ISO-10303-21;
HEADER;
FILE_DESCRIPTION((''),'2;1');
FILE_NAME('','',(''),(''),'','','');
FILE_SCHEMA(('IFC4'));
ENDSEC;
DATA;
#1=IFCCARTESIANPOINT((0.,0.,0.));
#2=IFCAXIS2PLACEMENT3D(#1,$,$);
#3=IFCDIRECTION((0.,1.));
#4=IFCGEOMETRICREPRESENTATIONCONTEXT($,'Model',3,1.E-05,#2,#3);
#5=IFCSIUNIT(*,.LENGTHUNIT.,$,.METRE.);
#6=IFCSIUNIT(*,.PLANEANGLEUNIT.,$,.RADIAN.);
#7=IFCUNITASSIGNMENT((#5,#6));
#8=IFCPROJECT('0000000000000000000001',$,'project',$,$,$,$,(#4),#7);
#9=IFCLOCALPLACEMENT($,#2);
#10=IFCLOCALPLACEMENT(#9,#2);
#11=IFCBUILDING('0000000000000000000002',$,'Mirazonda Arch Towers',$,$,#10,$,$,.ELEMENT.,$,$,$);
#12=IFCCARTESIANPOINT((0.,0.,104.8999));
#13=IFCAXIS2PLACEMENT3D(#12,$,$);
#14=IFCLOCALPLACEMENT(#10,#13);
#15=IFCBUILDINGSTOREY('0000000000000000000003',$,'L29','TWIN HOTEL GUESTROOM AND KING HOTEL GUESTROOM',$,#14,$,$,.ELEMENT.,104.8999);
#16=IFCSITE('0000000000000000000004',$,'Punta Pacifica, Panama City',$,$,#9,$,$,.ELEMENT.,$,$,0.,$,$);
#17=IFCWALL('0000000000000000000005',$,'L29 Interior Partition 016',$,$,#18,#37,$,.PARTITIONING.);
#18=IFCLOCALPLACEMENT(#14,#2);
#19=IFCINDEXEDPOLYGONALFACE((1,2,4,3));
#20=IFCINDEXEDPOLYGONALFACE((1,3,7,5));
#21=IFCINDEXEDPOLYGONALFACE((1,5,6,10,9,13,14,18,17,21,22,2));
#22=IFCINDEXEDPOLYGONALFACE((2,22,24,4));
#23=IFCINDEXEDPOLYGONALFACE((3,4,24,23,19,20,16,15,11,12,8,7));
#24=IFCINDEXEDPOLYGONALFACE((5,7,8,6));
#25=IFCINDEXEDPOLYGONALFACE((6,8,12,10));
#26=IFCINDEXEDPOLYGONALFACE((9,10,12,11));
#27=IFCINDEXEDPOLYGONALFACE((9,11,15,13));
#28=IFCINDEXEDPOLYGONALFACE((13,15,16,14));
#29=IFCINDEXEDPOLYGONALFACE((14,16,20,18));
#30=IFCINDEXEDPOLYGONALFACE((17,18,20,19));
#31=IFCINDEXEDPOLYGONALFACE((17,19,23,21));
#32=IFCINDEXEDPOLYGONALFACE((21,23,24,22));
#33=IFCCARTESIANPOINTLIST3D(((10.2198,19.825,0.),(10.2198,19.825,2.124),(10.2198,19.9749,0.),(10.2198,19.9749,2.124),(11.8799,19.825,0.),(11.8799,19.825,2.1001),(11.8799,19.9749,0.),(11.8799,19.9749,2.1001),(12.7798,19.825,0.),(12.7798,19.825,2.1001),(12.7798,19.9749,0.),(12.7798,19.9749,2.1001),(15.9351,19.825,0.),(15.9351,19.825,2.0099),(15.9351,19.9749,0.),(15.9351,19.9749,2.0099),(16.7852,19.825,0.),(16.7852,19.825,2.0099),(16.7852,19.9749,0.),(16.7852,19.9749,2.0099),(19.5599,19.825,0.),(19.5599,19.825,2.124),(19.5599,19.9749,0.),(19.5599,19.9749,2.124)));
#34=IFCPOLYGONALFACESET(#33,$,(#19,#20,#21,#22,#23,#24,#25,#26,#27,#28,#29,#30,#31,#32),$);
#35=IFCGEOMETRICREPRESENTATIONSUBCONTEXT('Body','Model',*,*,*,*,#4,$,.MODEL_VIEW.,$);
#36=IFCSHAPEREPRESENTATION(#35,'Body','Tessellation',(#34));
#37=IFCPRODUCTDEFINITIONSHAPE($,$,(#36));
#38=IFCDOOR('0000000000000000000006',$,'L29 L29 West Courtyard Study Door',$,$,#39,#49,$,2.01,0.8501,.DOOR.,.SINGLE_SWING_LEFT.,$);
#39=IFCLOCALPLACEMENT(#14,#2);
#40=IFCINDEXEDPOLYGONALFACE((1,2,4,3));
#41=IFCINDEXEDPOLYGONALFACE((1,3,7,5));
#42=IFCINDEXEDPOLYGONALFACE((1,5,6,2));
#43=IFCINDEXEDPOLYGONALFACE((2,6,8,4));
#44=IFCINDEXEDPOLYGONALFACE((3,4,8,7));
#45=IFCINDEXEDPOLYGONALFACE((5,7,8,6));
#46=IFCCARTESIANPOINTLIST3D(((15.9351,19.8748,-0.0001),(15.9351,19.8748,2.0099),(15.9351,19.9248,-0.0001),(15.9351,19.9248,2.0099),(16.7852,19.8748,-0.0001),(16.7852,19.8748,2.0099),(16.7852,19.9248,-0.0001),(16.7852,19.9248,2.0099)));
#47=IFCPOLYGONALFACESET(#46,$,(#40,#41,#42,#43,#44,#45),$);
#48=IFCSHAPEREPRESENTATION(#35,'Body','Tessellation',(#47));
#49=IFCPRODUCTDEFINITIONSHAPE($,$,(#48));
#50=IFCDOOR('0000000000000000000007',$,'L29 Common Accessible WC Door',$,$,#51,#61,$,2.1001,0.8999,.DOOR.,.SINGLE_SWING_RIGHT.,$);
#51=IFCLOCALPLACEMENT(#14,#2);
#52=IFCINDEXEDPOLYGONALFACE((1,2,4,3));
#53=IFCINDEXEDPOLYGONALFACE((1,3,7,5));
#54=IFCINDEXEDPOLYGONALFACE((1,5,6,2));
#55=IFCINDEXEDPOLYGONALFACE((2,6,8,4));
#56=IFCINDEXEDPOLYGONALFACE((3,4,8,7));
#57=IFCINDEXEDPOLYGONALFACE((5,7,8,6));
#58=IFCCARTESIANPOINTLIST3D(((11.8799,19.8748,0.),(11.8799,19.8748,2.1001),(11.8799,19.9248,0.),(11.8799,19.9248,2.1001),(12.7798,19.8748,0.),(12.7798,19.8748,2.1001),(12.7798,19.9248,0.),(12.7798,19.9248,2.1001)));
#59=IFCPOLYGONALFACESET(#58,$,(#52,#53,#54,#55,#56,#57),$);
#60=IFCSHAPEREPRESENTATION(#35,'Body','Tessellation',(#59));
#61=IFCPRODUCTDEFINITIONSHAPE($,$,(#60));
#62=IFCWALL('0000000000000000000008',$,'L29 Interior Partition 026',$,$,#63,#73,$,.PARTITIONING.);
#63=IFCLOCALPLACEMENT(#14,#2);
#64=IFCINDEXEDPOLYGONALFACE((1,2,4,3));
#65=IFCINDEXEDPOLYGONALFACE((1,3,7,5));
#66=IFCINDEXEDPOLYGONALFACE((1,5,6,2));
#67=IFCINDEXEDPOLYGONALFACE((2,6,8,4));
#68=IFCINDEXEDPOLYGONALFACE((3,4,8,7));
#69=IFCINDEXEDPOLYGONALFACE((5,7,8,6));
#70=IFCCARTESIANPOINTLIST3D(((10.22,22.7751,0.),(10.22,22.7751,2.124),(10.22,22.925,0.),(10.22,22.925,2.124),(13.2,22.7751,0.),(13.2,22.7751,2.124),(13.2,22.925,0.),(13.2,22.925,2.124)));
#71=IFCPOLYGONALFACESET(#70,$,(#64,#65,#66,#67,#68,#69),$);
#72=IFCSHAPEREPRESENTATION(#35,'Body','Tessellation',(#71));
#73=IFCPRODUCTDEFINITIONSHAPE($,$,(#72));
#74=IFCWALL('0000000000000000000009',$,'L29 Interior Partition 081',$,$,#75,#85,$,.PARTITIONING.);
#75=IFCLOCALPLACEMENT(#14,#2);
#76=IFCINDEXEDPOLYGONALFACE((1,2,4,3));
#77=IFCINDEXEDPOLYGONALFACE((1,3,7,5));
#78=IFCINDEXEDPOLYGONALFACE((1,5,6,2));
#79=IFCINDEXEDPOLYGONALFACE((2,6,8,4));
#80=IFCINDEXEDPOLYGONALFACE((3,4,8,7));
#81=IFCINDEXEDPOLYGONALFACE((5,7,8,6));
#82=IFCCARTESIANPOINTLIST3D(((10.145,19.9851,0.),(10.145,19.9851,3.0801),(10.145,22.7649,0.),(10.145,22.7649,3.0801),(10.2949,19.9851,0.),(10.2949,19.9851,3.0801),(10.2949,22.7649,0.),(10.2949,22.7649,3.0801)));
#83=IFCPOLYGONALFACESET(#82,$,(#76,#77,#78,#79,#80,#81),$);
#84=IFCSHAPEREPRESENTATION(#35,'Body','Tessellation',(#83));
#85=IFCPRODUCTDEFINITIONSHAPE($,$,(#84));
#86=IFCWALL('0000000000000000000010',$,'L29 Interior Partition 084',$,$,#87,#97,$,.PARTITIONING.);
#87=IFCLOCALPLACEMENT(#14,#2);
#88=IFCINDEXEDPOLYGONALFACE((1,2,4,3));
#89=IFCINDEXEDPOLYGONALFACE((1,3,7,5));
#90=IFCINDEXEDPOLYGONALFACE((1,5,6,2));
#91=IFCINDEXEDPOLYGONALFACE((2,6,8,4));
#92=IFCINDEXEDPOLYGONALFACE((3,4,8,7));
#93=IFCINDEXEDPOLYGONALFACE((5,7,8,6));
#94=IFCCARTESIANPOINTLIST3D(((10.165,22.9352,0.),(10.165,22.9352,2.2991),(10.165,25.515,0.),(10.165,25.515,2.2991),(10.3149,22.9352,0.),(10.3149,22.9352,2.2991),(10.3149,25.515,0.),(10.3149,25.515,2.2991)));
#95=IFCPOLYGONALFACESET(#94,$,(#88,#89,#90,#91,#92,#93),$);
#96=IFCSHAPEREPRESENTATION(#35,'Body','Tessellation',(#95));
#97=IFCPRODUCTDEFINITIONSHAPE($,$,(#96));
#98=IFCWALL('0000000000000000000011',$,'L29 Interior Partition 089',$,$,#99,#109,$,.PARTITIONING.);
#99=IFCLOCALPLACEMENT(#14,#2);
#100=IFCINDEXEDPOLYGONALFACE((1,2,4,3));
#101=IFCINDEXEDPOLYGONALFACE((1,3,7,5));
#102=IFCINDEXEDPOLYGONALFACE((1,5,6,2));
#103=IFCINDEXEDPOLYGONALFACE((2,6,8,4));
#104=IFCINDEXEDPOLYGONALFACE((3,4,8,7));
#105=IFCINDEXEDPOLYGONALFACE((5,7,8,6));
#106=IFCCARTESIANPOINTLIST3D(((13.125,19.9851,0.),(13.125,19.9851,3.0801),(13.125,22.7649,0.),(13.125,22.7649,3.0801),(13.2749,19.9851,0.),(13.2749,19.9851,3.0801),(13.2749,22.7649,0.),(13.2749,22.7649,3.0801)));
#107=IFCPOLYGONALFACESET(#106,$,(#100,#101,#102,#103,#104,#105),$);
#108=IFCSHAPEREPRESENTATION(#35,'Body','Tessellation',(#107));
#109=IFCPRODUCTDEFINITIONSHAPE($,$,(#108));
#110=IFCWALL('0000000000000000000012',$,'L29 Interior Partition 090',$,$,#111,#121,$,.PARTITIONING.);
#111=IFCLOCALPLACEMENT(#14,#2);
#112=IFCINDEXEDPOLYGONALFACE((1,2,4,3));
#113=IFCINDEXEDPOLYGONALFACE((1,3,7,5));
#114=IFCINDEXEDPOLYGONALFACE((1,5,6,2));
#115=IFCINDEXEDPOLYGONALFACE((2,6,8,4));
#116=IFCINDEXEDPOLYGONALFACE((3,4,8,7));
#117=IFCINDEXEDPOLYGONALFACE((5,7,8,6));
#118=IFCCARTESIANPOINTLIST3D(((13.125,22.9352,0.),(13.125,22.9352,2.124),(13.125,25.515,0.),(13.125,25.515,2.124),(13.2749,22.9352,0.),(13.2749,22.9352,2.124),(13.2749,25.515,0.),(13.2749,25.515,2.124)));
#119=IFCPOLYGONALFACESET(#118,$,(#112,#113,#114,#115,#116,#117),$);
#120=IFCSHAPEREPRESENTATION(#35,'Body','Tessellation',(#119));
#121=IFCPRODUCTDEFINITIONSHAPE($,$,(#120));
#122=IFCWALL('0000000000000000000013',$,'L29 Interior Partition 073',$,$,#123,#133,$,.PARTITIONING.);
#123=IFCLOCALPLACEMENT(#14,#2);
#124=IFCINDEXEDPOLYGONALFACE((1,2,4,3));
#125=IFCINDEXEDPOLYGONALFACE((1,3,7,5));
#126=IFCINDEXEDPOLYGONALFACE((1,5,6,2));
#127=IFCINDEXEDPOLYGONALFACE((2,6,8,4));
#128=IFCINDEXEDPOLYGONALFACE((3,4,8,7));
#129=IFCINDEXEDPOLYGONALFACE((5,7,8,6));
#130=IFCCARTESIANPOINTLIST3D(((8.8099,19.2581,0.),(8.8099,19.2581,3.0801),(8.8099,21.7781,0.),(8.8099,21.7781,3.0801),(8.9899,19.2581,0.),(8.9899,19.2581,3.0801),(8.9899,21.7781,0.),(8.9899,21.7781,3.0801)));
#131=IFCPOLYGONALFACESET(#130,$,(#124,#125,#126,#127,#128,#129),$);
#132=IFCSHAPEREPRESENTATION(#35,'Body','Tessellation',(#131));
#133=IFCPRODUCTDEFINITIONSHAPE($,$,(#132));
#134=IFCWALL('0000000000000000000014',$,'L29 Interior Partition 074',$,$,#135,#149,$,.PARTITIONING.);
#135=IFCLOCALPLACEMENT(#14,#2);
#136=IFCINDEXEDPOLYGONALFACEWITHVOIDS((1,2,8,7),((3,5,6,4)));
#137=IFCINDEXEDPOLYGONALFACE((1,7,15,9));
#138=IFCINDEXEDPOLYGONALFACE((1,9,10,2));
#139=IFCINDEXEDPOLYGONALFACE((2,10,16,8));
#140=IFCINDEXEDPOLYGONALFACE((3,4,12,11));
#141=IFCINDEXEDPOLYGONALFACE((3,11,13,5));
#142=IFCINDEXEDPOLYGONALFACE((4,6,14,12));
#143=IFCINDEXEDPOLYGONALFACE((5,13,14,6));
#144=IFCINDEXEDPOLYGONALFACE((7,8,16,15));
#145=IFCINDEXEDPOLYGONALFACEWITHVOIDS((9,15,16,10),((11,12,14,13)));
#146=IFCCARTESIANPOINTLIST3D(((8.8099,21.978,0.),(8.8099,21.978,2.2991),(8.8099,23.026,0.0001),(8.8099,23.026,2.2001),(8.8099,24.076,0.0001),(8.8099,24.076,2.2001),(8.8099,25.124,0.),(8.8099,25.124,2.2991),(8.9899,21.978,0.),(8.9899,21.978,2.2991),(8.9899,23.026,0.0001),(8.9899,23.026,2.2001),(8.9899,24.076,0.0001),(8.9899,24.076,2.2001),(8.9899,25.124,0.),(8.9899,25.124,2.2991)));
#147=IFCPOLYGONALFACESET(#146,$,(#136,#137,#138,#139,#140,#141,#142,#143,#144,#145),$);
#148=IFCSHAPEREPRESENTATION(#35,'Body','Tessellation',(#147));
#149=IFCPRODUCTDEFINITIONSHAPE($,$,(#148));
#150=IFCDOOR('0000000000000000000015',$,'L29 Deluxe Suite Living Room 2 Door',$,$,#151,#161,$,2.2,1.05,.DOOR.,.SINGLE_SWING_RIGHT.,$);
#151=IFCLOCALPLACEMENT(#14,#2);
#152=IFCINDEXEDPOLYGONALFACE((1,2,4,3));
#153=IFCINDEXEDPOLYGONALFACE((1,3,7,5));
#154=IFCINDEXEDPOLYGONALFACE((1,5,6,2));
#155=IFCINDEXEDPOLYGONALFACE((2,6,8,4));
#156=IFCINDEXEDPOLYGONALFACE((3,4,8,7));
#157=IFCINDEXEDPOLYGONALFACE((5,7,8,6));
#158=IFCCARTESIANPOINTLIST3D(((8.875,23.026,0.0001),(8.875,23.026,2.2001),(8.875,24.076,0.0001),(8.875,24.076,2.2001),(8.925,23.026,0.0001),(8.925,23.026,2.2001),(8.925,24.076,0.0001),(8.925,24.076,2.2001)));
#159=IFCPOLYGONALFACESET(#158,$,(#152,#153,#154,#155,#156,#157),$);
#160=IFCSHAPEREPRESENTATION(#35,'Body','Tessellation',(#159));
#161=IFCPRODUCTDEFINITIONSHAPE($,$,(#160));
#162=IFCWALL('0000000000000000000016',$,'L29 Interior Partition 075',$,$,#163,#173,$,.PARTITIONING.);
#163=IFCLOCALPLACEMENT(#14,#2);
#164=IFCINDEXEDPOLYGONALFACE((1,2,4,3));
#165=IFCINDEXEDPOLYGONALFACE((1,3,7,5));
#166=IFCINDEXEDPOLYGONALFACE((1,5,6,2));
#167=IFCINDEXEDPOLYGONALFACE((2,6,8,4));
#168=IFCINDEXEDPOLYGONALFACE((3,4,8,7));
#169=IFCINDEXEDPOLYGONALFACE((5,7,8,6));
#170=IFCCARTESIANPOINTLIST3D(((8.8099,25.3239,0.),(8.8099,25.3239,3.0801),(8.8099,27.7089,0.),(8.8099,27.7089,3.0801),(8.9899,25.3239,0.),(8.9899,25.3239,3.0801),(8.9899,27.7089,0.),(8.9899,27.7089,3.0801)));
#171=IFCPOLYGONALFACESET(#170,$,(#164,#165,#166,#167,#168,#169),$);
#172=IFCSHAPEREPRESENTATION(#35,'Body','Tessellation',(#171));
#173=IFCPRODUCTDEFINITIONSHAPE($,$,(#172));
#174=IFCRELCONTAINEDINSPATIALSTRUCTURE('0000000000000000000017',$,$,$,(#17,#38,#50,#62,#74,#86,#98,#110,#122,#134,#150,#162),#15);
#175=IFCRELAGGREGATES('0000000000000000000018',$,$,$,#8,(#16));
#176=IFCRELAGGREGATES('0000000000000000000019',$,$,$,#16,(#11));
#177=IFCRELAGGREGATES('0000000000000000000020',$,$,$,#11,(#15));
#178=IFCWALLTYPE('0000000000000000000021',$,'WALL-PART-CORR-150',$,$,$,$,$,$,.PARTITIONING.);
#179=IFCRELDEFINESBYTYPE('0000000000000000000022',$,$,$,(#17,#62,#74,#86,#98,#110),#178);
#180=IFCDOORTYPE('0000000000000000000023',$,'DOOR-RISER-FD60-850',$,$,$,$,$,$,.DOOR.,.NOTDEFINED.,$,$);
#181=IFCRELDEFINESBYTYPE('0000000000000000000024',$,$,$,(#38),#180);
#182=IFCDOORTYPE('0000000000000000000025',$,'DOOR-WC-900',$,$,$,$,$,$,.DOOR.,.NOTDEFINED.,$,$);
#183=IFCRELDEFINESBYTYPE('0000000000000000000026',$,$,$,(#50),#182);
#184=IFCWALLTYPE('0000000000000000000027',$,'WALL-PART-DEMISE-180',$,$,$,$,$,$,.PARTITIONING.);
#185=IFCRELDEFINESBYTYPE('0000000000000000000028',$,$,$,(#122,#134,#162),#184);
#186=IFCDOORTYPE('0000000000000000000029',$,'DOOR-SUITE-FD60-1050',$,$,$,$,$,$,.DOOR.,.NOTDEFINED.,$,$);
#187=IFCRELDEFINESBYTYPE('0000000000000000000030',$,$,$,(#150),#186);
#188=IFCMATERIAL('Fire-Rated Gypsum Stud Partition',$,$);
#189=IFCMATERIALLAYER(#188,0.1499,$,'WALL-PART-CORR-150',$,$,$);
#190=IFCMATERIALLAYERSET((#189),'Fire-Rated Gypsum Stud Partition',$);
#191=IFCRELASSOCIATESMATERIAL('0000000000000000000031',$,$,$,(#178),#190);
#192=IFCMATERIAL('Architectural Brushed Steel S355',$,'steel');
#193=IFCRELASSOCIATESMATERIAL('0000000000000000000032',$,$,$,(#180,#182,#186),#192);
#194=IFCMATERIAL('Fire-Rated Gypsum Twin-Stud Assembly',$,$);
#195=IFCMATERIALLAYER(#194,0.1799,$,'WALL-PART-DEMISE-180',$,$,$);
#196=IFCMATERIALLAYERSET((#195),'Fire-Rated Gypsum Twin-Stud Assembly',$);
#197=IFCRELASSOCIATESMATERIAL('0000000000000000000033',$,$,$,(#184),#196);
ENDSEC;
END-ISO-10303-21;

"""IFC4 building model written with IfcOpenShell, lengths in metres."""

from ifc_helpers import new_model, si_unit, direction, frame, frame_2d, origin, place, context, subcontext, project, spatial, rectangle, extrude, material, layer, layer_set, type_object, element, fill, save


model = new_model("IFC4")

# Units and contexts
model_context = context("Model", 3, precision=1e-05, world=origin(), true_north=direction((0.0, 1.0)))
body_context = subcontext(model_context, "Body", "Model", "MODEL_VIEW")
ifc_project = project(units=[si_unit("LENGTHUNIT", "METRE"), si_unit("PLANEANGLEUNIT", "RADIAN")], contexts=[model_context])

# Site, building, storey
site_placement = place(None, origin())
site = spatial("IfcSite", under=ifc_project, at=site_placement, Name="Punta Pacifica, Panama City", CompositionType="ELEMENT", RefElevation=0.0)
building_placement = place(site_placement, origin())
building = spatial("IfcBuilding", under=site, at=building_placement, Name="Mirazonda Arch Towers", CompositionType="ELEMENT")
storey_placement = place(building_placement, frame((0.0, 0.0, 104.8999)))
storey = spatial("IfcBuildingStorey", under=building, at=storey_placement, Name="L29", Description="TWIN HOTEL GUESTROOM AND KING HOTEL GUESTROOM", CompositionType="ELEMENT", Elevation=104.8999)

# Shared definitions
ifc_material_1 = material(Name="Architectural Brushed Steel S355", Category="steel")

# Shared definitions
ifc_material_2 = material(Name="Fire-Rated Gypsum Stud Partition")
ifc_layer_1 = layer(ifc_material_2, 0.1499, Name="WALL-PART-CORR-150")
ifc_layer_set_1 = layer_set([ifc_layer_1], Name="Fire-Rated Gypsum Stud Partition")
wall_type_1 = type_object("IfcWallType", Name="WALL-PART-CORR-150", PredefinedType="PARTITIONING", material=ifc_layer_set_1)

# Wall, openings, doors
wall_1_placement = place(storey_placement, frame((10.22, 19.8999, 0.0), z_axis=(0.0, 0.0, 1.0), x_axis=(1.0, 0.0, 0.0)))
wall_1 = element("IfcWall", 1, at=wall_1_placement, inside=storey, type_object=wall_type_1, Name="L29 Interior Partition 016", PredefinedType="PARTITIONING", context=body_context, shape_type="SweptSolid", body=[
    extrude(rectangle(XDim=9.3401, YDim=0.1499, at=frame_2d((4.6699, 0.0))), origin(), (0.0, 0.0, 1.0), 2.124),
])
opening_1_placement = place(wall_1_placement, frame((1.6599, 0.0, 0.0)))
opening_1 = element("IfcOpeningElement", 2, at=opening_1_placement, cuts=wall_1, PredefinedType="OPENING", context=body_context, shape_type="SweptSolid", body=[
    extrude(rectangle(XDim=0.8999, YDim=2.1001, at=frame_2d((0.45, 1.05))), frame((0.0, 0.085, 0.0), z_axis=(0.0, -1.0, 0.0), x_axis=(1.0, 0.0, 0.0)), (0.0, 0.0, 1.0), 0.1699),
])
opening_2_placement = place(wall_1_placement, frame((5.7151, 0.0, 0.0)))
opening_2 = element("IfcOpeningElement", 3, at=opening_2_placement, cuts=wall_1, PredefinedType="OPENING", context=body_context, shape_type="SweptSolid", body=[
    extrude(rectangle(XDim=0.8501, YDim=2.01, at=frame_2d((0.425, 1.0049))), frame((0.0, 0.085, 0.0), z_axis=(0.0, -1.0, 0.0), x_axis=(1.0, 0.0, 0.0)), (0.0, 0.0, 1.0), 0.1699),
])
door_type_1 = type_object("IfcDoorType", Name="DOOR-RISER-FD60-850", OperationType="NOTDEFINED", PredefinedType="DOOR", material=ifc_material_1)
door_1_placement = place(opening_2_placement, origin())
door_1 = element("IfcDoor", 4, at=door_1_placement, inside=storey, type_object=door_type_1, Name="L29 L29 West Courtyard Study Door", OperationType="SINGLE_SWING_LEFT", OverallHeight=2.01, OverallWidth=0.8501, PredefinedType="DOOR", context=body_context, shape_type="SweptSolid", body=[
    extrude(rectangle(XDim=0.8501, YDim=2.01, at=frame_2d((0.425, 1.0049))), frame((0.0, 0.0249, 0.0), z_axis=(0.0, -1.0, 0.0), x_axis=(1.0, 0.0, 0.0)), (0.0, 0.0, 1.0), 0.05),
])
fill(opening_2, door_1)
door_type_2 = type_object("IfcDoorType", Name="DOOR-WC-900", OperationType="NOTDEFINED", PredefinedType="DOOR", material=ifc_material_1)
door_2_placement = place(opening_1_placement, origin())
door_2 = element("IfcDoor", 5, at=door_2_placement, inside=storey, type_object=door_type_2, Name="L29 Common Accessible WC Door", OperationType="SINGLE_SWING_RIGHT", OverallHeight=2.1001, OverallWidth=0.8999, PredefinedType="DOOR", context=body_context, shape_type="SweptSolid", body=[
    extrude(rectangle(XDim=0.8999, YDim=2.1001, at=frame_2d((0.45, 1.05))), frame((0.0, 0.0249, 0.0), z_axis=(0.0, -1.0, 0.0), x_axis=(1.0, 0.0, 0.0)), (0.0, 0.0, 1.0), 0.05),
])
fill(opening_1, door_2)

# Walls
wall_2_placement = place(storey_placement, frame((10.22, 22.8501, 0.0), z_axis=(0.0, 0.0, 1.0), x_axis=(1.0, 0.0, 0.0)))
element("IfcWall", 6, at=wall_2_placement, inside=storey, type_object=wall_type_1, Name="L29 Interior Partition 026", PredefinedType="PARTITIONING", context=body_context, shape_type="SweptSolid", body=[
    extrude(rectangle(XDim=2.98, YDim=0.1499, at=frame_2d((1.49, 0.0))), origin(), (0.0, 0.0, 1.0), 2.124),
])
wall_3_placement = place(storey_placement, frame((10.22, 19.9851, 0.0), z_axis=(0.0, 0.0, 1.0), x_axis=(0.0, 1.0, 0.0)))
element("IfcWall", 7, at=wall_3_placement, inside=storey, type_object=wall_type_1, Name="L29 Interior Partition 081", PredefinedType="PARTITIONING", context=body_context, shape_type="SweptSolid", body=[
    extrude(rectangle(XDim=2.7798, YDim=0.1499, at=frame_2d((1.3899, 0.0))), origin(), (0.0, 0.0, 1.0), 3.0801),
])
wall_4_placement = place(storey_placement, frame((10.24, 22.9351, 0.0), z_axis=(0.0, 0.0, 1.0), x_axis=(0.0, 1.0, 0.0)))
element("IfcWall", 8, at=wall_4_placement, inside=storey, type_object=wall_type_1, Name="L29 Interior Partition 084", PredefinedType="PARTITIONING", context=body_context, shape_type="SweptSolid", body=[
    extrude(rectangle(XDim=2.5798, YDim=0.1499, at=frame_2d((1.29, 0.0))), origin(), (0.0, 0.0, 1.0), 2.2991),
])
wall_5_placement = place(storey_placement, frame((13.2, 19.9851, 0.0), z_axis=(0.0, 0.0, 1.0), x_axis=(0.0, 1.0, 0.0)))
element("IfcWall", 9, at=wall_5_placement, inside=storey, type_object=wall_type_1, Name="L29 Interior Partition 089", PredefinedType="PARTITIONING", context=body_context, shape_type="SweptSolid", body=[
    extrude(rectangle(XDim=2.7798, YDim=0.1499, at=frame_2d((1.3899, 0.0))), origin(), (0.0, 0.0, 1.0), 3.0801),
])
wall_6_placement = place(storey_placement, frame((13.2, 22.9351, 0.0), z_axis=(0.0, 0.0, 1.0), x_axis=(0.0, 1.0, 0.0)))
element("IfcWall", 10, at=wall_6_placement, inside=storey, type_object=wall_type_1, Name="L29 Interior Partition 090", PredefinedType="PARTITIONING", context=body_context, shape_type="SweptSolid", body=[
    extrude(rectangle(XDim=2.5798, YDim=0.1499, at=frame_2d((1.29, 0.0))), origin(), (0.0, 0.0, 1.0), 2.124),
])
ifc_material_3 = material(Name="Fire-Rated Gypsum Twin-Stud Assembly")
ifc_layer_2 = layer(ifc_material_3, 0.1799, Name="WALL-PART-DEMISE-180")
ifc_layer_set_2 = layer_set([ifc_layer_2], Name="Fire-Rated Gypsum Twin-Stud Assembly")
wall_type_2 = type_object("IfcWallType", Name="WALL-PART-DEMISE-180", PredefinedType="PARTITIONING", material=ifc_layer_set_2)
wall_7_placement = place(storey_placement, frame((8.8999, 19.2581, 0.0), z_axis=(0.0, 0.0, 1.0), x_axis=(0.0, 1.0, 0.0)))
element("IfcWall", 11, at=wall_7_placement, inside=storey, type_object=wall_type_2, Name="L29 Interior Partition 073", PredefinedType="PARTITIONING", context=body_context, shape_type="SweptSolid", body=[
    extrude(rectangle(XDim=2.52, YDim=0.1799, at=frame_2d((1.26, 0.0))), origin(), (0.0, 0.0, 1.0), 3.0801),
])

# Wall, opening, door
wall_8_placement = place(storey_placement, frame((8.8999, 21.978, 0.0), z_axis=(0.0, 0.0, 1.0), x_axis=(0.0, 1.0, 0.0)))
wall_8 = element("IfcWall", 12, at=wall_8_placement, inside=storey, type_object=wall_type_2, Name="L29 Interior Partition 074", PredefinedType="PARTITIONING", context=body_context, shape_type="SweptSolid", body=[
    extrude(rectangle(XDim=3.146, YDim=0.1799, at=frame_2d((1.573, 0.0))), origin(), (0.0, 0.0, 1.0), 2.2991),
])
opening_3_placement = place(wall_8_placement, frame((1.0481, 0.0, 0.0)))
opening_3 = element("IfcOpeningElement", 13, at=opening_3_placement, cuts=wall_8, PredefinedType="OPENING", context=body_context, shape_type="SweptSolid", body=[
    extrude(rectangle(XDim=1.05, YDim=2.2, at=frame_2d((0.5249, 1.1001))), frame((0.0, 0.0999, 0.0), z_axis=(0.0, -1.0, 0.0), x_axis=(1.0, 0.0, 0.0)), (0.0, 0.0, 1.0), 0.2),
])
door_type_3 = type_object("IfcDoorType", Name="DOOR-SUITE-FD60-1050", OperationType="NOTDEFINED", PredefinedType="DOOR", material=ifc_material_1)
door_3_placement = place(opening_3_placement, origin())
door_3 = element("IfcDoor", 14, at=door_3_placement, inside=storey, type_object=door_type_3, Name="L29 Deluxe Suite Living Room 2 Door", OperationType="SINGLE_SWING_RIGHT", OverallHeight=2.2, OverallWidth=1.05, PredefinedType="DOOR", context=body_context, shape_type="SweptSolid", body=[
    extrude(rectangle(XDim=1.05, YDim=2.2, at=frame_2d((0.5249, 1.1001))), frame((0.0, 0.0249, 0.0), z_axis=(0.0, -1.0, 0.0), x_axis=(1.0, 0.0, 0.0)), (0.0, 0.0, 1.0), 0.05),
])
fill(opening_3, door_3)

# Wall
wall_9_placement = place(storey_placement, frame((8.8999, 25.324, 0.0), z_axis=(0.0, 0.0, 1.0), x_axis=(0.0, 1.0, 0.0)))
element("IfcWall", 15, at=wall_9_placement, inside=storey, type_object=wall_type_2, Name="L29 Interior Partition 075", PredefinedType="PARTITIONING", context=body_context, shape_type="SweptSolid", body=[
    extrude(rectangle(XDim=2.385, YDim=0.1799, at=frame_2d((1.1924, 0.0))), origin(), (0.0, 0.0, 1.0), 3.0801),
])

save(model, "model.ifc")
